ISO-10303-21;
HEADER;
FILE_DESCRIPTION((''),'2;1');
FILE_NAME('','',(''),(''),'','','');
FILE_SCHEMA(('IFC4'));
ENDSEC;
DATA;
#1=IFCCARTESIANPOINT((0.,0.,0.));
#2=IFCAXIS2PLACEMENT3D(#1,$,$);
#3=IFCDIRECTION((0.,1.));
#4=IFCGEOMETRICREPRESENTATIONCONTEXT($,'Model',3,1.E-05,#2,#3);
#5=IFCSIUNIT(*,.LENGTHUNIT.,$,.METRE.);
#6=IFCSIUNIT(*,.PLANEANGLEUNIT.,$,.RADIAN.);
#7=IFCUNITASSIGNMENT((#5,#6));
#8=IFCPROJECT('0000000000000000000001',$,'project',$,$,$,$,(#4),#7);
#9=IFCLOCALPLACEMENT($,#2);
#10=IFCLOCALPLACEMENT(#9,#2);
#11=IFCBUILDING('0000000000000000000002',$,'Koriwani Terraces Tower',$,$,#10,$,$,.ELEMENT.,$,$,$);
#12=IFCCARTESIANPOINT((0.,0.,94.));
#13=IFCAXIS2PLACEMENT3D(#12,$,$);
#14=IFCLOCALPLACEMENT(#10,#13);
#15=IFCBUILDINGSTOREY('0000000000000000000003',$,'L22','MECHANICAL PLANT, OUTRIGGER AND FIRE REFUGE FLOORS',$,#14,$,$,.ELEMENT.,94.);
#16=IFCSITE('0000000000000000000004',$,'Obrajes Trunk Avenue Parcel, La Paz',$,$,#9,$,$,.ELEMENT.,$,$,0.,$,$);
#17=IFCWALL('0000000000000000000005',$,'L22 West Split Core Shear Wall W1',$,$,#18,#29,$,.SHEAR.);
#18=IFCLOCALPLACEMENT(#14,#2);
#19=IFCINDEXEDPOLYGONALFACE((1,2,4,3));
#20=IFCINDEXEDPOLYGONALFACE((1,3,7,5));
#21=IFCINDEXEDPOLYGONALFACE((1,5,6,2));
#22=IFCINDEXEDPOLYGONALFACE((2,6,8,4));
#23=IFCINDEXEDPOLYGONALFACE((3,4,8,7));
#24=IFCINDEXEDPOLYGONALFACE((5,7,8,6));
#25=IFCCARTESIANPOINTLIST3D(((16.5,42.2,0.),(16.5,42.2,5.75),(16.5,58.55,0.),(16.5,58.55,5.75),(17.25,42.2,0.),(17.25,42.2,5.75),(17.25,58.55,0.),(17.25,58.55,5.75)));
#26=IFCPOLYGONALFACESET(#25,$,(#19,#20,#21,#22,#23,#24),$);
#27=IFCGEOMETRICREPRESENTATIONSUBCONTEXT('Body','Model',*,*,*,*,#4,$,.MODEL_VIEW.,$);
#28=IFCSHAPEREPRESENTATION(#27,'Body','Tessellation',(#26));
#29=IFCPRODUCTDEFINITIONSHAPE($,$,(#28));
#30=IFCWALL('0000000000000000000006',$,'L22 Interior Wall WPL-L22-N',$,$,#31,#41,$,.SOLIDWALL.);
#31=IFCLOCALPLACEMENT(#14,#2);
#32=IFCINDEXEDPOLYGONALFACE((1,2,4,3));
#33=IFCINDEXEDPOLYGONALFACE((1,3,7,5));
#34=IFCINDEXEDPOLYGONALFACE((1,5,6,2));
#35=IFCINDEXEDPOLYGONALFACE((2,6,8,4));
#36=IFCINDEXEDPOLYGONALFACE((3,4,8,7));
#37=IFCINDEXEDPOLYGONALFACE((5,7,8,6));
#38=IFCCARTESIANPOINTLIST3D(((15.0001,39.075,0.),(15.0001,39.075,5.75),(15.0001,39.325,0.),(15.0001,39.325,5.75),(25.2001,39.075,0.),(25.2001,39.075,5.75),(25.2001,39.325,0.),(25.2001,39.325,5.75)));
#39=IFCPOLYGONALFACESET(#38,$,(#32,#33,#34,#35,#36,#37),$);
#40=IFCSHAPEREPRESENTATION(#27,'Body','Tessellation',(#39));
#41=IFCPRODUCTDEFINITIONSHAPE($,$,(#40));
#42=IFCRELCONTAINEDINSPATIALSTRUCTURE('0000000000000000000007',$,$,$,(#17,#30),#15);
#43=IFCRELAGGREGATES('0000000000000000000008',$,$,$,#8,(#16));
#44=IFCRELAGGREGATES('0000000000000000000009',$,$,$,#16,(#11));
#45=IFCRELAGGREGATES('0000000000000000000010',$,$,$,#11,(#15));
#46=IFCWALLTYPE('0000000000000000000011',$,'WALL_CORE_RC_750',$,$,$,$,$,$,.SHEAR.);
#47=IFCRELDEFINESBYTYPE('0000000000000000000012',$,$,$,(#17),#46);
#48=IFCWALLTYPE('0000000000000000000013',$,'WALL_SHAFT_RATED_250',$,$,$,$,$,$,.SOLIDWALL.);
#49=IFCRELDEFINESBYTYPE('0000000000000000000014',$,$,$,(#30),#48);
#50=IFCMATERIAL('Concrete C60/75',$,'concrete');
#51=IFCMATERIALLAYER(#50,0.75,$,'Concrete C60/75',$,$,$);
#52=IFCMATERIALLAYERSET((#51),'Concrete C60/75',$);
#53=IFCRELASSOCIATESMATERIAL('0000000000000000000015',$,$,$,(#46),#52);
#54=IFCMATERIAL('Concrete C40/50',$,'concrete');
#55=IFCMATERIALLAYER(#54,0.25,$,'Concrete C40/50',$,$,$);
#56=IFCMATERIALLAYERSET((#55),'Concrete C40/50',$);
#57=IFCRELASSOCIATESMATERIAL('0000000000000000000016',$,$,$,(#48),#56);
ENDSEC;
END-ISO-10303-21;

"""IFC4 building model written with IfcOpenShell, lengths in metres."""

from ifc_helpers import new_model, si_unit, direction, frame, frame_2d, origin, place, context, subcontext, project, spatial, rectangle, extrude, material, layer, layer_set, type_object, element, save


model = new_model("IFC4")

# Units and contexts
model_context = context("Model", 3, precision=1e-05, world=origin(), true_north=direction((0.0, 1.0)))
body_context = subcontext(model_context, "Body", "Model", "MODEL_VIEW")
ifc_project = project(units=[si_unit("LENGTHUNIT", "METRE"), si_unit("PLANEANGLEUNIT", "RADIAN")], contexts=[model_context])

# Site, building, storey
site_placement = place(None, origin())
site = spatial("IfcSite", under=ifc_project, at=site_placement, Name="Obrajes Trunk Avenue Parcel, La Paz", CompositionType="ELEMENT", RefElevation=0.0)
building_placement = place(site_placement, origin())
building = spatial("IfcBuilding", under=site, at=building_placement, Name="Koriwani Terraces Tower", CompositionType="ELEMENT")
storey_placement = place(building_placement, frame((0.0, 0.0, 94.0)))
storey = spatial("IfcBuildingStorey", under=building, at=storey_placement, Name="L22", Description="MECHANICAL PLANT, OUTRIGGER AND FIRE REFUGE FLOORS", CompositionType="ELEMENT", Elevation=94.0)

# Shared definitions
ifc_material_1 = material(Name="Concrete C60/75", Category="concrete")

# Wall
ifc_layer_1 = layer(ifc_material_1, 0.75, Name="Concrete C60/75")
ifc_layer_set_1 = layer_set([ifc_layer_1], Name="Concrete C60/75")
wall_type_1 = type_object("IfcWallType", Name="WALL_CORE_RC_750", PredefinedType="SHEAR", material=ifc_layer_set_1)
wall_1_placement = place(storey_placement, frame((16.875, 42.2, 0.0), z_axis=(0.0, 0.0, 1.0), x_axis=(0.0, 1.0, 0.0)))
element("IfcWall", 1, at=wall_1_placement, inside=storey, type_object=wall_type_1, Name="L22 West Split Core Shear Wall W1", PredefinedType="SHEAR", context=body_context, shape_type="SweptSolid", body=[
    extrude(rectangle(XDim=16.3501, YDim=0.75, at=frame_2d((8.175, 0.0))), origin(), (0.0, 0.0, 1.0), 5.75),
])

# Shared definitions
ifc_material_2 = material(Name="Concrete C40/50", Category="concrete")
ifc_layer_2 = layer(ifc_material_2, 0.25, Name="Concrete C40/50")
ifc_layer_set_2 = layer_set([ifc_layer_2], Name="Concrete C40/50")
wall_type_2 = type_object("IfcWallType", Name="WALL_SHAFT_RATED_250", PredefinedType="SOLIDWALL", material=ifc_layer_set_2)

# Wall
wall_2_placement = place(storey_placement, frame((15.0, 39.2, 0.0), z_axis=(0.0, 0.0, 1.0), x_axis=(1.0, 0.0, 0.0)))
element("IfcWall", 2, at=wall_2_placement, inside=storey, type_object=wall_type_2, Name="L22 Interior Wall WPL-L22-N", PredefinedType="SOLIDWALL", context=body_context, shape_type="SweptSolid", body=[
    extrude(rectangle(XDim=10.2, YDim=0.25, at=frame_2d((5.1001, 0.0))), origin(), (0.0, 0.0, 1.0), 5.75),
])

save(model, "model.ifc")
